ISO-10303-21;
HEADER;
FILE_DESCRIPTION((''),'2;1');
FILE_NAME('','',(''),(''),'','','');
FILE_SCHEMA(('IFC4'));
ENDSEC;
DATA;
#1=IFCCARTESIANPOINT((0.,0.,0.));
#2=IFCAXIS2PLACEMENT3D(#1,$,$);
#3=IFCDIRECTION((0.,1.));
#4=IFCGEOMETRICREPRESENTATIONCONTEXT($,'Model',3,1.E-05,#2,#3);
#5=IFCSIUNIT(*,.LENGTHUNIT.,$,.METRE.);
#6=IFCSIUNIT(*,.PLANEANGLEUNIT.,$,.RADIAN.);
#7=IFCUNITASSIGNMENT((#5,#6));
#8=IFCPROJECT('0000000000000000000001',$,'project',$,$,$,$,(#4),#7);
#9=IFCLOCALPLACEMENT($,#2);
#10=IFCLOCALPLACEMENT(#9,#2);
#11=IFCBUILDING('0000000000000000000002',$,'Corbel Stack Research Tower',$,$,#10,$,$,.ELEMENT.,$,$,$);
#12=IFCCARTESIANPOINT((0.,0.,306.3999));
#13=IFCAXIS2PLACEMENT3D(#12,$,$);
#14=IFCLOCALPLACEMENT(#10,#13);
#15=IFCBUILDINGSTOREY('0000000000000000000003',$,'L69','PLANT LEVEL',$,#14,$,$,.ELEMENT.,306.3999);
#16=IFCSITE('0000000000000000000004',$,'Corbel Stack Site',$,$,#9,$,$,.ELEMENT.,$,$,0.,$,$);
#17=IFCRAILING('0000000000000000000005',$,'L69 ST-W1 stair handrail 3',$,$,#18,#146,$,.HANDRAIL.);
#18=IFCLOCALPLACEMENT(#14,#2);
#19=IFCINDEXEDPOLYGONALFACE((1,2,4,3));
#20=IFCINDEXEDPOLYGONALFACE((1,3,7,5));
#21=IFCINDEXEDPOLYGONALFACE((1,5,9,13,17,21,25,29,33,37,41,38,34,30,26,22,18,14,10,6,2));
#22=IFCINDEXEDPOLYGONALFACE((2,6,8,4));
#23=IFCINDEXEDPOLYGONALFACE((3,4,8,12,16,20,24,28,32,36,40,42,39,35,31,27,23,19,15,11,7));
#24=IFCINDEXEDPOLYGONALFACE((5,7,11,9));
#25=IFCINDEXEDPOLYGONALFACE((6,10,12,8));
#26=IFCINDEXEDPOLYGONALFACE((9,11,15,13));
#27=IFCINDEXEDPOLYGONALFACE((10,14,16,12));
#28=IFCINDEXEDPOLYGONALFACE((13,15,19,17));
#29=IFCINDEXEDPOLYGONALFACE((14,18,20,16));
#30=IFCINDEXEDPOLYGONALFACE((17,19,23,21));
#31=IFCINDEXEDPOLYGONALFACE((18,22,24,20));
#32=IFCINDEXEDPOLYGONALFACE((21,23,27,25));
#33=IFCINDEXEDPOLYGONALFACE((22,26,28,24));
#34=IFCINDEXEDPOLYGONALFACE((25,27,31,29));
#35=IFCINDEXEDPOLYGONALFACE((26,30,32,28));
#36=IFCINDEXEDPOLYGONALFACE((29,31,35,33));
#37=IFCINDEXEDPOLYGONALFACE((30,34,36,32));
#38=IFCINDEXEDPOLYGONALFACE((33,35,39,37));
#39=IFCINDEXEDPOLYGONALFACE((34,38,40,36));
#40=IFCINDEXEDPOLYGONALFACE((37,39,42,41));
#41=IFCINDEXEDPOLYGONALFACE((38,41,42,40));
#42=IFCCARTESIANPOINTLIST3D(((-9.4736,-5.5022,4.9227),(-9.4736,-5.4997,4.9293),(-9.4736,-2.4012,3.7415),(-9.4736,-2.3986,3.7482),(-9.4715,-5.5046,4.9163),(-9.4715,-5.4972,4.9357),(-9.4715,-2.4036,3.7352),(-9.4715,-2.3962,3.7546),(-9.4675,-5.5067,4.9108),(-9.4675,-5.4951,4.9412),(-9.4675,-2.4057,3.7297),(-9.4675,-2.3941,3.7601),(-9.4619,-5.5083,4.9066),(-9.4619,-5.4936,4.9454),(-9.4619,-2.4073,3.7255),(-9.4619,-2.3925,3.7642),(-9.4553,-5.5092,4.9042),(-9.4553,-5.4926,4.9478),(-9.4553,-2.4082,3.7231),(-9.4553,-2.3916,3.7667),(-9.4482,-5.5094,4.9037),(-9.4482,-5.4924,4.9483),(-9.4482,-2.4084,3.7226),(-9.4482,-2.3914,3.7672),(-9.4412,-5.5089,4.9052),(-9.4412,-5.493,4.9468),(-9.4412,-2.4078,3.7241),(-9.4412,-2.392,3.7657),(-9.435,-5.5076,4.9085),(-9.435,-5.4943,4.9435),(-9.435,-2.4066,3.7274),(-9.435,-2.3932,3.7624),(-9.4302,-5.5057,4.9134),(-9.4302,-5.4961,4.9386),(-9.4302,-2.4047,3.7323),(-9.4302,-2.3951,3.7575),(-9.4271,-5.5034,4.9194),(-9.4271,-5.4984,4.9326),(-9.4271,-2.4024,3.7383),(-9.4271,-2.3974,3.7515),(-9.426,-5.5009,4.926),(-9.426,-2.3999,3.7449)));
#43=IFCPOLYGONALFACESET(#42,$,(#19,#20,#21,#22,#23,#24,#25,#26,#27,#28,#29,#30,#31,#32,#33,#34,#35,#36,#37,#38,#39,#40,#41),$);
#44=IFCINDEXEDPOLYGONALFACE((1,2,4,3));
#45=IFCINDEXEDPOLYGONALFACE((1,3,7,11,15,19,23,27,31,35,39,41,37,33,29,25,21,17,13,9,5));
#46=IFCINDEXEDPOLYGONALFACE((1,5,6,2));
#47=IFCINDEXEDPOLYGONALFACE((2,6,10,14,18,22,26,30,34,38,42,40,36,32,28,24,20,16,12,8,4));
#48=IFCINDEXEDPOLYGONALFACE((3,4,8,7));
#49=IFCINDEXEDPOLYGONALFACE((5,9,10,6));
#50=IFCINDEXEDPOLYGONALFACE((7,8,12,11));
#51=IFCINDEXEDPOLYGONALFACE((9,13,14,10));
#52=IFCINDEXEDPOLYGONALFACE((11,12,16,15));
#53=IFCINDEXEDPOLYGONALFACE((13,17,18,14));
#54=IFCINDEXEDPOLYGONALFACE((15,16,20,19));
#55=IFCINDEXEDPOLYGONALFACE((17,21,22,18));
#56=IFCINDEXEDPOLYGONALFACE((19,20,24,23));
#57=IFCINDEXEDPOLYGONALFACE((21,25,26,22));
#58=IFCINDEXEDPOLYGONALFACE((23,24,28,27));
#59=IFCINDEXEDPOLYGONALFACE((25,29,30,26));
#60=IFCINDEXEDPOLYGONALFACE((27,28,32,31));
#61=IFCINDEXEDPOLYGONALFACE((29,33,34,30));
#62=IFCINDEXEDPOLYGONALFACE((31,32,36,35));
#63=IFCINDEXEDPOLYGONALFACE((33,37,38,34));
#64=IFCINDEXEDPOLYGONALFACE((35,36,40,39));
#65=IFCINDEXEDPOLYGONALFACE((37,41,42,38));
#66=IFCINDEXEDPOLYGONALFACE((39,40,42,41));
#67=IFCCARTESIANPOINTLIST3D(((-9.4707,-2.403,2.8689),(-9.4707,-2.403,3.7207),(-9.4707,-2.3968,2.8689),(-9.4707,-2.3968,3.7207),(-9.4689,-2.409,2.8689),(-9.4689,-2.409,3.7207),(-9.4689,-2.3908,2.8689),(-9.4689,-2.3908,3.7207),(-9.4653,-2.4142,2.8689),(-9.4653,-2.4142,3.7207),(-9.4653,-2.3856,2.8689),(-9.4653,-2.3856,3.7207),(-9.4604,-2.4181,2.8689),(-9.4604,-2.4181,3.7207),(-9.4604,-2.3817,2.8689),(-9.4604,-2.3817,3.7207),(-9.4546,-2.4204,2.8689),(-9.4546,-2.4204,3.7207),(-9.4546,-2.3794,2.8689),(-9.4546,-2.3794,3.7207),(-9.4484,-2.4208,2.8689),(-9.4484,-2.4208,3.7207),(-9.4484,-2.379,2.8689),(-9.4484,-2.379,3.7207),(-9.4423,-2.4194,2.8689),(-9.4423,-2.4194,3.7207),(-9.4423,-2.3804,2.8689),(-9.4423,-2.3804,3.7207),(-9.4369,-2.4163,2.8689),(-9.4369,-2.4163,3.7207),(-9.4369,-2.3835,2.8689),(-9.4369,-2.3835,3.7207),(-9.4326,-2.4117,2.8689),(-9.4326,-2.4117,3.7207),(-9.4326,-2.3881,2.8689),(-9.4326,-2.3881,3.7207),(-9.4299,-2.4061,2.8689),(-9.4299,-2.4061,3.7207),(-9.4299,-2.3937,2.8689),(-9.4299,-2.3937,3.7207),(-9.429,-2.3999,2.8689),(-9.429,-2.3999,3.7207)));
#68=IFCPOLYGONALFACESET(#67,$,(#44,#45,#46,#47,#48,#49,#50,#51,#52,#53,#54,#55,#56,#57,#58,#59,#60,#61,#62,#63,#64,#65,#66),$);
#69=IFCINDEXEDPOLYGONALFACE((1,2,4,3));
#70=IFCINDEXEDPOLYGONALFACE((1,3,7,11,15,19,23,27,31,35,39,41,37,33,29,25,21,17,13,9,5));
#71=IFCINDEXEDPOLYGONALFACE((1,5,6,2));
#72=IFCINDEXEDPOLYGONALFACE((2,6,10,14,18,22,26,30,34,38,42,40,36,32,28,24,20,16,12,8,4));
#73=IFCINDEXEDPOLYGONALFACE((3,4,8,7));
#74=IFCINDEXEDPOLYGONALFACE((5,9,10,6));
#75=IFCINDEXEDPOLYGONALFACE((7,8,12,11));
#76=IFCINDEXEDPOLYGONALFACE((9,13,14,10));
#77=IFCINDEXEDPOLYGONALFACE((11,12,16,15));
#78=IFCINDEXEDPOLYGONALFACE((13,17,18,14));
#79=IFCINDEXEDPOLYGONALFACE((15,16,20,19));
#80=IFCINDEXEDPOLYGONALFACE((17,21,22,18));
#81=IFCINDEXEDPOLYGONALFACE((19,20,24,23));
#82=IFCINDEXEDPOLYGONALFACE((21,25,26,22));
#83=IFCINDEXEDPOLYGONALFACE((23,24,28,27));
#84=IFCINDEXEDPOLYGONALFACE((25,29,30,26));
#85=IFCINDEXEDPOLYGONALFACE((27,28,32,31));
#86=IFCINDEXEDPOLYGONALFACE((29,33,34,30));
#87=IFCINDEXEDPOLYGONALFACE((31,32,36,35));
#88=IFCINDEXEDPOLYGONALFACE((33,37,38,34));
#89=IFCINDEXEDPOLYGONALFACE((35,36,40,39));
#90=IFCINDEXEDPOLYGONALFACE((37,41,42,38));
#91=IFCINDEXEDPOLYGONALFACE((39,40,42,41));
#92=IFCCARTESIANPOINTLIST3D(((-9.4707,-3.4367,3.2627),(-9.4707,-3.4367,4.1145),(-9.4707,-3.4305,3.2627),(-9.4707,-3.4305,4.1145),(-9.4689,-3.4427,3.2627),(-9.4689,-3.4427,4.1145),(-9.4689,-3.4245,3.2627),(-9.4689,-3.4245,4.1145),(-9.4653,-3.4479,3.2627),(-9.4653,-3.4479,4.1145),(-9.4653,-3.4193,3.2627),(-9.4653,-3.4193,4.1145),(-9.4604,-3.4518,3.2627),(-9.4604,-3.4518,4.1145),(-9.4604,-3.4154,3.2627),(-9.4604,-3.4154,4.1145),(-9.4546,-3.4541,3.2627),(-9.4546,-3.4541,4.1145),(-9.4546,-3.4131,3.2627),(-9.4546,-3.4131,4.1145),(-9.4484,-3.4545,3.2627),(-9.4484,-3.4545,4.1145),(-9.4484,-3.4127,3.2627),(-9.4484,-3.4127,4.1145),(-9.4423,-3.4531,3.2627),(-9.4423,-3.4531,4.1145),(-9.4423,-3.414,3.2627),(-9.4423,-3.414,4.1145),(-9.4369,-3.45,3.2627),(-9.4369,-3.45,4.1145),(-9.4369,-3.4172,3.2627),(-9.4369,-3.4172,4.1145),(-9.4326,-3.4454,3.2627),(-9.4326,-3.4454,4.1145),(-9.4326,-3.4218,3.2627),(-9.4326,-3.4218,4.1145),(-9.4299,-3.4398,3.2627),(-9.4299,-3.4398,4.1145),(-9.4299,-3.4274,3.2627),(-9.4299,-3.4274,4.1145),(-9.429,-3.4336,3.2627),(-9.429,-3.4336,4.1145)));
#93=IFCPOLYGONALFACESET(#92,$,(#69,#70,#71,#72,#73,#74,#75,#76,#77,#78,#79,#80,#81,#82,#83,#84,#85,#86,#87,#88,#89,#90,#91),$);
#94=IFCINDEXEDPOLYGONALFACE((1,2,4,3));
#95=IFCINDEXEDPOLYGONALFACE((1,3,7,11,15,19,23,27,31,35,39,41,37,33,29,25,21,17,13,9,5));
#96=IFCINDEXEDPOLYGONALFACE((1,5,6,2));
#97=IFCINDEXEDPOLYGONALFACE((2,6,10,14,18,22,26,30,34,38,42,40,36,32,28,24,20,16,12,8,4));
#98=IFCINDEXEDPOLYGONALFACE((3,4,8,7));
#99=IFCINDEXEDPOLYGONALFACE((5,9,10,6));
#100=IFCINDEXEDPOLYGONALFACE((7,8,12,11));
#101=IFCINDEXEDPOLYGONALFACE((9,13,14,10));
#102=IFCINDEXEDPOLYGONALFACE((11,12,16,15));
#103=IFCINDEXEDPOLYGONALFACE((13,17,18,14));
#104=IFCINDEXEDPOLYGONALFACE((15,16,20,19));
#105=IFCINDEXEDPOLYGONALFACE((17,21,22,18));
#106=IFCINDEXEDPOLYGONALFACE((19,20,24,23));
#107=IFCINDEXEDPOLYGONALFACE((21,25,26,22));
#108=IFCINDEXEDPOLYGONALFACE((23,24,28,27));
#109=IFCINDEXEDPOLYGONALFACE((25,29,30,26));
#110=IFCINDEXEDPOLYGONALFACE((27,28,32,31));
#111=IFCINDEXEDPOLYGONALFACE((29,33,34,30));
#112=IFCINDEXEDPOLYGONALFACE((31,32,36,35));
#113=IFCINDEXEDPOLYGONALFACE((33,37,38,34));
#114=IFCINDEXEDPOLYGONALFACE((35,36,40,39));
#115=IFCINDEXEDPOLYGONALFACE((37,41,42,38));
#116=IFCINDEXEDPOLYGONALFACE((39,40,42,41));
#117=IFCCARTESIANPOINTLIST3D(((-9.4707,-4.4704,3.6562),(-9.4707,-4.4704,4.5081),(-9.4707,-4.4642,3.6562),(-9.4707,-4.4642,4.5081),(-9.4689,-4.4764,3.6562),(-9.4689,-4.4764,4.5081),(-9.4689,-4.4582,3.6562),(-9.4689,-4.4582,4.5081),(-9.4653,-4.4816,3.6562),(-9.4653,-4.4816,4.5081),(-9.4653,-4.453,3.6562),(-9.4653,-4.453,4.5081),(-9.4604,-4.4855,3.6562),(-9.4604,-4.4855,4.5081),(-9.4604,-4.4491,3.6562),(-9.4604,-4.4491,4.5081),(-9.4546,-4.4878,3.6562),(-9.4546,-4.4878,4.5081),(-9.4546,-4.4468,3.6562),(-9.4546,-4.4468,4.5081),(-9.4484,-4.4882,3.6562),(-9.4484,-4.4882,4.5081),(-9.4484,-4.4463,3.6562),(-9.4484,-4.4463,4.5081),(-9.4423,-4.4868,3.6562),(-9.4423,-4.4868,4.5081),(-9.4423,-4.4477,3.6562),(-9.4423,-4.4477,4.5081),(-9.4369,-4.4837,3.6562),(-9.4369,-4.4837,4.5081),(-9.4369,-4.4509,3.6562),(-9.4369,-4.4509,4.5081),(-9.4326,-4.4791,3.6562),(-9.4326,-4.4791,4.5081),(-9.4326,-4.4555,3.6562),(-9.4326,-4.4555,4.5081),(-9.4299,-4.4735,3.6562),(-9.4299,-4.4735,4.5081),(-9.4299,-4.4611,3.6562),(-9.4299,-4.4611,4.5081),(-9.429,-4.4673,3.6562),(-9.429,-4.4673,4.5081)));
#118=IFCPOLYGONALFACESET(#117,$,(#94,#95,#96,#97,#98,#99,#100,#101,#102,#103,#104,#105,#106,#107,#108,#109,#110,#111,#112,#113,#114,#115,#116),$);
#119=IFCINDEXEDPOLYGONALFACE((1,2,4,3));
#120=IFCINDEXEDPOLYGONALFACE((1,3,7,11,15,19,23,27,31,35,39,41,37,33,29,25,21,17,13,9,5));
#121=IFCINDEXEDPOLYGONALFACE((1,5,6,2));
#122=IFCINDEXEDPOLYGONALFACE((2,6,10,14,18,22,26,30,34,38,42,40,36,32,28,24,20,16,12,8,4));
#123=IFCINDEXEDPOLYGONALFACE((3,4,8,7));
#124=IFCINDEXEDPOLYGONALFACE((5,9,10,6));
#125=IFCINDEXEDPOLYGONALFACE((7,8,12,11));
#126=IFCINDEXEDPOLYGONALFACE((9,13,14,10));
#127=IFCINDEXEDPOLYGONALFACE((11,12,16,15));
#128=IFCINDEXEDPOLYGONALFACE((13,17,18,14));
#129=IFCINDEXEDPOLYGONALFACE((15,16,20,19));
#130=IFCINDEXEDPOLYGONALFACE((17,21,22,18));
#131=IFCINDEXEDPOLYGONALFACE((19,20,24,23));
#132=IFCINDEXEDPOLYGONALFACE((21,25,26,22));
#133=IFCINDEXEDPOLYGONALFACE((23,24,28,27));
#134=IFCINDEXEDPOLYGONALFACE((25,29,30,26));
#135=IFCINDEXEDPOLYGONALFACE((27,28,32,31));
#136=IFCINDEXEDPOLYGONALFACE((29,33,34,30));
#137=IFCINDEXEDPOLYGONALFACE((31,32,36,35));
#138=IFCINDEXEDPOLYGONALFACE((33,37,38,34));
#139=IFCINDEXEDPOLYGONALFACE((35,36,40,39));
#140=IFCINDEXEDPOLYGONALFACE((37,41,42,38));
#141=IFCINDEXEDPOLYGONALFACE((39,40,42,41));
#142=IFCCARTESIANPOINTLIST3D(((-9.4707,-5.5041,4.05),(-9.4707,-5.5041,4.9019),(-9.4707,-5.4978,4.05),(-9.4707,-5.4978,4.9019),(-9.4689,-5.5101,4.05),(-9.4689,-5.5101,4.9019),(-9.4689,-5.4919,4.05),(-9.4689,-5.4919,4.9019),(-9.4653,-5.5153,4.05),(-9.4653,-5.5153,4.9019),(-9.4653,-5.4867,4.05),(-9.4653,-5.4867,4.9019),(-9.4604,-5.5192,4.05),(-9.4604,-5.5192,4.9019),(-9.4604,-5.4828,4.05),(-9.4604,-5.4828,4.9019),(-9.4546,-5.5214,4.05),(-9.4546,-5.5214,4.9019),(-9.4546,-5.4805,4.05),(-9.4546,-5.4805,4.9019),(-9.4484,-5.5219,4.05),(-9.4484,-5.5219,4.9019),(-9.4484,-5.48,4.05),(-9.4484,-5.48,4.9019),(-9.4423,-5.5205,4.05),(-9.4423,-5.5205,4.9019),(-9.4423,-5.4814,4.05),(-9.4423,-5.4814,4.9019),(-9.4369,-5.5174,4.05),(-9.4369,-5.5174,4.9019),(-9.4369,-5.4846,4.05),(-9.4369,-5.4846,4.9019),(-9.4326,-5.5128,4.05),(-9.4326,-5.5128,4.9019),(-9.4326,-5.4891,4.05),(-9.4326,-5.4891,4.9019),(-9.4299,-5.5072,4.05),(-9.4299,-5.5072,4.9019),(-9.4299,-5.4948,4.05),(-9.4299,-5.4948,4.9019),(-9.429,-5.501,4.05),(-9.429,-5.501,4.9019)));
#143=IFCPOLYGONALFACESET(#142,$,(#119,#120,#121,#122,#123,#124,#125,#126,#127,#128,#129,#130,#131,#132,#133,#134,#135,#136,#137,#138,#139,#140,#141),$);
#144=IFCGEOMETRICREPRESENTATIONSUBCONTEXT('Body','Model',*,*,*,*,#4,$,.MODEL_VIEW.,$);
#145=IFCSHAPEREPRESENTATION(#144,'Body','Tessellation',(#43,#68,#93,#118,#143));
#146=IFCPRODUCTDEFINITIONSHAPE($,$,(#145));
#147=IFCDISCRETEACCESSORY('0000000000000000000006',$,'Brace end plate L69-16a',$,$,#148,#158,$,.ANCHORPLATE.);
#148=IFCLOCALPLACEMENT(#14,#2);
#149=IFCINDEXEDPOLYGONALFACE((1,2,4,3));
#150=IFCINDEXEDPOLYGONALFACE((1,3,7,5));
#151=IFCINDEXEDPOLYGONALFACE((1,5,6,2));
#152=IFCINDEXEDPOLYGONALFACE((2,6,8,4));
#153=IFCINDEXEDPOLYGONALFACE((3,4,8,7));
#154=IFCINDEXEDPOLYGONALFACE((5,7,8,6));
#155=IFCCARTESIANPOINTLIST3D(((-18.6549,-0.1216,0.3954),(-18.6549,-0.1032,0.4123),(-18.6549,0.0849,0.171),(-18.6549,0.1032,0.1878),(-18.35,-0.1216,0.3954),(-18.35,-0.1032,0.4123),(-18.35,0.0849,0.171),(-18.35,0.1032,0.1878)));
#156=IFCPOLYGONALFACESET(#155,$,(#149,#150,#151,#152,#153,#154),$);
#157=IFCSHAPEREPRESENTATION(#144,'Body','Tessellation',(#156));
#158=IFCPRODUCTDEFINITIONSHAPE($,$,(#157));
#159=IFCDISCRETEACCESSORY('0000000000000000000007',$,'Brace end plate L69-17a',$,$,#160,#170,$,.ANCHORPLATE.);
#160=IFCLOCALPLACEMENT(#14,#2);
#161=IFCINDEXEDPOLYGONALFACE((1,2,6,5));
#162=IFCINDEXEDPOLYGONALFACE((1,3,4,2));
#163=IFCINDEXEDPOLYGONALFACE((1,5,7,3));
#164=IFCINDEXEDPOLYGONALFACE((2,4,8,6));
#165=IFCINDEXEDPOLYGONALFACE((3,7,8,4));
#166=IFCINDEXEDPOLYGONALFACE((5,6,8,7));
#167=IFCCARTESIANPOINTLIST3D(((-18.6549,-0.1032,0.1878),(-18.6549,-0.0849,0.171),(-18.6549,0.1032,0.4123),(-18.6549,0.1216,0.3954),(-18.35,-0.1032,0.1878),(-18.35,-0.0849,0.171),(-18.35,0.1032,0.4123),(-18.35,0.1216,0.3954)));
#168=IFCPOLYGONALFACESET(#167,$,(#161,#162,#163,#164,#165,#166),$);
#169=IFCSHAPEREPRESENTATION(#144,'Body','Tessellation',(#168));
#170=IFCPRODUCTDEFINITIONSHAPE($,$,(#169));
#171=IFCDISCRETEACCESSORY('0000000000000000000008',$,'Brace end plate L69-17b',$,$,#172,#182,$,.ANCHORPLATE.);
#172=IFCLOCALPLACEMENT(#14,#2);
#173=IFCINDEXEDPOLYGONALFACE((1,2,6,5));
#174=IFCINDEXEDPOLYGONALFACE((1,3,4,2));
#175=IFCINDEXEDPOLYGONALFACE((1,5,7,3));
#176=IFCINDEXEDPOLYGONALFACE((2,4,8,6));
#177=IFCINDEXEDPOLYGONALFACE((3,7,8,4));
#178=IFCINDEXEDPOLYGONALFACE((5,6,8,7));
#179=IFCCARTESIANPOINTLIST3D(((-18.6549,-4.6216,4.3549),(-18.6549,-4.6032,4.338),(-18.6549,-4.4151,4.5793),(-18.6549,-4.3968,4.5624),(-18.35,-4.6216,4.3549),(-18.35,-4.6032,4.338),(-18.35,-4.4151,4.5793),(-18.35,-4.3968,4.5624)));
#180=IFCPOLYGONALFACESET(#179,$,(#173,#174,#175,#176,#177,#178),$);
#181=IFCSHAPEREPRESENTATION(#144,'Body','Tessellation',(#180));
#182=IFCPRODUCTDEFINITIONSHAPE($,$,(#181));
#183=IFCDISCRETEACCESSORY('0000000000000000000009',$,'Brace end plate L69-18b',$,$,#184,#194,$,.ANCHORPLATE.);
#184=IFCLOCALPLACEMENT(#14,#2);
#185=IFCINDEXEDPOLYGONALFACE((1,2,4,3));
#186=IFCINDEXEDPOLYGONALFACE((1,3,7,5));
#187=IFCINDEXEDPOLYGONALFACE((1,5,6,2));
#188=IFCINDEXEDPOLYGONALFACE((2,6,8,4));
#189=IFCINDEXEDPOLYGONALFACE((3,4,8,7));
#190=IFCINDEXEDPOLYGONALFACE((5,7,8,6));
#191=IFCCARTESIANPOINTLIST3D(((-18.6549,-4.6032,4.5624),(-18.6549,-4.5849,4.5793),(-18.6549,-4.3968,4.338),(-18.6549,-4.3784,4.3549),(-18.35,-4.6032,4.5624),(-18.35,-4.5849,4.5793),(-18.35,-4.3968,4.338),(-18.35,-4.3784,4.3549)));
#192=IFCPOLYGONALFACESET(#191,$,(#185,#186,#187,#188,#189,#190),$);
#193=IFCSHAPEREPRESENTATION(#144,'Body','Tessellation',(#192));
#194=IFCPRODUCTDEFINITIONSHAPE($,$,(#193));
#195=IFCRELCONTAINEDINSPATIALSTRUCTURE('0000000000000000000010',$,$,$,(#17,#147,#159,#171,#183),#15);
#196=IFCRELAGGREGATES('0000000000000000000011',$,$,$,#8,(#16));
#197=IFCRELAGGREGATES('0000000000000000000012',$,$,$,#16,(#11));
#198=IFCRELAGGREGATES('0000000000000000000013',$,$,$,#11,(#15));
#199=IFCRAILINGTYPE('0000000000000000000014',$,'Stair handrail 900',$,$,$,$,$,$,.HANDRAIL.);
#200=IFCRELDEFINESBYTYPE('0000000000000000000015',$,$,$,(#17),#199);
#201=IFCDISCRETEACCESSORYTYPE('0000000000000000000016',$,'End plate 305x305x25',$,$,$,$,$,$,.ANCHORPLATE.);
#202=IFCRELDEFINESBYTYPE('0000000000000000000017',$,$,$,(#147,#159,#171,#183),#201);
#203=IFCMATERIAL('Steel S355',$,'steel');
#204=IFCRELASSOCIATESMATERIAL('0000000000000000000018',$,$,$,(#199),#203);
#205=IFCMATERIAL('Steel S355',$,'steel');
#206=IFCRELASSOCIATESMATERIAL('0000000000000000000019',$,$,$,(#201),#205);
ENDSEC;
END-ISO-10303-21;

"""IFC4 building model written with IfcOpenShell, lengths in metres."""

from ifc_helpers import new_model, si_unit, direction, frame, origin, origin_2d, place, context, subcontext, project, spatial, rectangle, circle, extrude, material, material_profile, profile_set, type_object, element, save


model = new_model("IFC4")

# Units and contexts
model_context = context("Model", 3, precision=1e-05, world=origin(), true_north=direction((0.0, 1.0)))
body_context = subcontext(model_context, "Body", "Model", "MODEL_VIEW")
ifc_project = project(units=[si_unit("LENGTHUNIT", "METRE"), si_unit("PLANEANGLEUNIT", "RADIAN")], contexts=[model_context])

# Site, building, storey
site_placement = place(None, origin())
site = spatial("IfcSite", under=ifc_project, at=site_placement, Name="Corbel Stack Site", CompositionType="ELEMENT", RefElevation=0.0)
building_placement = place(site_placement, origin())
building = spatial("IfcBuilding", under=site, at=building_placement, Name="Corbel Stack Research Tower", CompositionType="ELEMENT")
storey_placement = place(building_placement, frame((0.0, 0.0, 306.3999)))
storey = spatial("IfcBuildingStorey", under=building, at=storey_placement, Name="L69", Description="PLANT LEVEL", CompositionType="ELEMENT", Elevation=306.3999)

# Railing
ifc_material_1 = material(Name="Steel S355", Category="steel")
railing_type_1 = type_object("IfcRailingType", Name="Stair handrail 900", PredefinedType="HANDRAIL", material=ifc_material_1)
for number, where, name in (
    (1, (-9.45, -2.3999, 2.8689), "L69 ST-W1 stair handrail 3"),
):
    element("IfcRailing", number, at=place(storey_placement, frame(where)), inside=storey, type_object=railing_type_1, Name=name, PredefinedType="HANDRAIL", context=body_context, shape_type="SweptSolid", body=[
        extrude(circle(Radius=0.0239, at=origin_2d()), frame((0.0, 0.0, 0.876), z_axis=(0.0, -0.934509, 0.35594), x_axis=(1.0, 0.0, 0.0)), (0.0, 0.0, 1.0), 3.3184),
        extrude(circle(Radius=0.021, at=origin_2d()), origin(), (0.0, 0.0, 1.0), 0.8518),
        extrude(circle(Radius=0.021, at=origin_2d()), frame((0.0, -1.0337, 0.3938)), (0.0, 0.0, 1.0), 0.8518),
        extrude(circle(Radius=0.021, at=origin_2d()), frame((0.0, -2.0674, 0.7874)), (0.0, 0.0, 1.0), 0.8518),
        extrude(circle(Radius=0.021, at=origin_2d()), frame((0.0, -3.1011, 1.1812)), (0.0, 0.0, 1.0), 0.8518),
    ])

# Discrete accessories
ifc_material_2 = material(Name="Steel S355", Category="steel")
ifc_material_profile_1 = material_profile(ifc_material_2, rectangle(XDim=0.3049, YDim=0.3049, at=origin_2d()), Name="End plate 305x305x25")
ifc_profile_set_1 = profile_set([ifc_material_profile_1], Name="Steel S355")
discrete_accessory_type = type_object("IfcDiscreteAccessoryType", Name="End plate 305x305x25", PredefinedType="ANCHORPLATE", material=ifc_profile_set_1)
for number, where, z_axis, x_axis, name in (
    (2, (-18.5024, 0.0, 0.3), (0.0, -0.735931, -0.677057), (1.0, 0.0, 0.0), "Brace end plate L69-16a"),
    (3, (-18.5024, 0.0, 0.3), (0.0, 0.735931, -0.677057), (-1.0, 0.0, 0.0), "Brace end plate L69-17a"),
    (4, (-18.5024, -4.5, 4.4502), (0.0, -0.735931, 0.677057), (1.0, 0.0, 0.0), "Brace end plate L69-17b"),
    (5, (-18.5024, -4.5, 4.4502), (0.0, 0.735931, 0.677057), (-1.0, 0.0, 0.0), "Brace end plate L69-18b"),
):
    element("IfcDiscreteAccessory", number, at=place(storey_placement, frame(where, z_axis=z_axis, x_axis=x_axis)), inside=storey, type_object=discrete_accessory_type, Name=name, PredefinedType="ANCHORPLATE", context=body_context, shape_type="SweptSolid", body=[
        extrude(rectangle(XDim=0.3049, YDim=0.3049, at=origin_2d()), origin(), (0.0, 0.0, 1.0), 0.0249),
    ])

save(model, "model.ifc")
